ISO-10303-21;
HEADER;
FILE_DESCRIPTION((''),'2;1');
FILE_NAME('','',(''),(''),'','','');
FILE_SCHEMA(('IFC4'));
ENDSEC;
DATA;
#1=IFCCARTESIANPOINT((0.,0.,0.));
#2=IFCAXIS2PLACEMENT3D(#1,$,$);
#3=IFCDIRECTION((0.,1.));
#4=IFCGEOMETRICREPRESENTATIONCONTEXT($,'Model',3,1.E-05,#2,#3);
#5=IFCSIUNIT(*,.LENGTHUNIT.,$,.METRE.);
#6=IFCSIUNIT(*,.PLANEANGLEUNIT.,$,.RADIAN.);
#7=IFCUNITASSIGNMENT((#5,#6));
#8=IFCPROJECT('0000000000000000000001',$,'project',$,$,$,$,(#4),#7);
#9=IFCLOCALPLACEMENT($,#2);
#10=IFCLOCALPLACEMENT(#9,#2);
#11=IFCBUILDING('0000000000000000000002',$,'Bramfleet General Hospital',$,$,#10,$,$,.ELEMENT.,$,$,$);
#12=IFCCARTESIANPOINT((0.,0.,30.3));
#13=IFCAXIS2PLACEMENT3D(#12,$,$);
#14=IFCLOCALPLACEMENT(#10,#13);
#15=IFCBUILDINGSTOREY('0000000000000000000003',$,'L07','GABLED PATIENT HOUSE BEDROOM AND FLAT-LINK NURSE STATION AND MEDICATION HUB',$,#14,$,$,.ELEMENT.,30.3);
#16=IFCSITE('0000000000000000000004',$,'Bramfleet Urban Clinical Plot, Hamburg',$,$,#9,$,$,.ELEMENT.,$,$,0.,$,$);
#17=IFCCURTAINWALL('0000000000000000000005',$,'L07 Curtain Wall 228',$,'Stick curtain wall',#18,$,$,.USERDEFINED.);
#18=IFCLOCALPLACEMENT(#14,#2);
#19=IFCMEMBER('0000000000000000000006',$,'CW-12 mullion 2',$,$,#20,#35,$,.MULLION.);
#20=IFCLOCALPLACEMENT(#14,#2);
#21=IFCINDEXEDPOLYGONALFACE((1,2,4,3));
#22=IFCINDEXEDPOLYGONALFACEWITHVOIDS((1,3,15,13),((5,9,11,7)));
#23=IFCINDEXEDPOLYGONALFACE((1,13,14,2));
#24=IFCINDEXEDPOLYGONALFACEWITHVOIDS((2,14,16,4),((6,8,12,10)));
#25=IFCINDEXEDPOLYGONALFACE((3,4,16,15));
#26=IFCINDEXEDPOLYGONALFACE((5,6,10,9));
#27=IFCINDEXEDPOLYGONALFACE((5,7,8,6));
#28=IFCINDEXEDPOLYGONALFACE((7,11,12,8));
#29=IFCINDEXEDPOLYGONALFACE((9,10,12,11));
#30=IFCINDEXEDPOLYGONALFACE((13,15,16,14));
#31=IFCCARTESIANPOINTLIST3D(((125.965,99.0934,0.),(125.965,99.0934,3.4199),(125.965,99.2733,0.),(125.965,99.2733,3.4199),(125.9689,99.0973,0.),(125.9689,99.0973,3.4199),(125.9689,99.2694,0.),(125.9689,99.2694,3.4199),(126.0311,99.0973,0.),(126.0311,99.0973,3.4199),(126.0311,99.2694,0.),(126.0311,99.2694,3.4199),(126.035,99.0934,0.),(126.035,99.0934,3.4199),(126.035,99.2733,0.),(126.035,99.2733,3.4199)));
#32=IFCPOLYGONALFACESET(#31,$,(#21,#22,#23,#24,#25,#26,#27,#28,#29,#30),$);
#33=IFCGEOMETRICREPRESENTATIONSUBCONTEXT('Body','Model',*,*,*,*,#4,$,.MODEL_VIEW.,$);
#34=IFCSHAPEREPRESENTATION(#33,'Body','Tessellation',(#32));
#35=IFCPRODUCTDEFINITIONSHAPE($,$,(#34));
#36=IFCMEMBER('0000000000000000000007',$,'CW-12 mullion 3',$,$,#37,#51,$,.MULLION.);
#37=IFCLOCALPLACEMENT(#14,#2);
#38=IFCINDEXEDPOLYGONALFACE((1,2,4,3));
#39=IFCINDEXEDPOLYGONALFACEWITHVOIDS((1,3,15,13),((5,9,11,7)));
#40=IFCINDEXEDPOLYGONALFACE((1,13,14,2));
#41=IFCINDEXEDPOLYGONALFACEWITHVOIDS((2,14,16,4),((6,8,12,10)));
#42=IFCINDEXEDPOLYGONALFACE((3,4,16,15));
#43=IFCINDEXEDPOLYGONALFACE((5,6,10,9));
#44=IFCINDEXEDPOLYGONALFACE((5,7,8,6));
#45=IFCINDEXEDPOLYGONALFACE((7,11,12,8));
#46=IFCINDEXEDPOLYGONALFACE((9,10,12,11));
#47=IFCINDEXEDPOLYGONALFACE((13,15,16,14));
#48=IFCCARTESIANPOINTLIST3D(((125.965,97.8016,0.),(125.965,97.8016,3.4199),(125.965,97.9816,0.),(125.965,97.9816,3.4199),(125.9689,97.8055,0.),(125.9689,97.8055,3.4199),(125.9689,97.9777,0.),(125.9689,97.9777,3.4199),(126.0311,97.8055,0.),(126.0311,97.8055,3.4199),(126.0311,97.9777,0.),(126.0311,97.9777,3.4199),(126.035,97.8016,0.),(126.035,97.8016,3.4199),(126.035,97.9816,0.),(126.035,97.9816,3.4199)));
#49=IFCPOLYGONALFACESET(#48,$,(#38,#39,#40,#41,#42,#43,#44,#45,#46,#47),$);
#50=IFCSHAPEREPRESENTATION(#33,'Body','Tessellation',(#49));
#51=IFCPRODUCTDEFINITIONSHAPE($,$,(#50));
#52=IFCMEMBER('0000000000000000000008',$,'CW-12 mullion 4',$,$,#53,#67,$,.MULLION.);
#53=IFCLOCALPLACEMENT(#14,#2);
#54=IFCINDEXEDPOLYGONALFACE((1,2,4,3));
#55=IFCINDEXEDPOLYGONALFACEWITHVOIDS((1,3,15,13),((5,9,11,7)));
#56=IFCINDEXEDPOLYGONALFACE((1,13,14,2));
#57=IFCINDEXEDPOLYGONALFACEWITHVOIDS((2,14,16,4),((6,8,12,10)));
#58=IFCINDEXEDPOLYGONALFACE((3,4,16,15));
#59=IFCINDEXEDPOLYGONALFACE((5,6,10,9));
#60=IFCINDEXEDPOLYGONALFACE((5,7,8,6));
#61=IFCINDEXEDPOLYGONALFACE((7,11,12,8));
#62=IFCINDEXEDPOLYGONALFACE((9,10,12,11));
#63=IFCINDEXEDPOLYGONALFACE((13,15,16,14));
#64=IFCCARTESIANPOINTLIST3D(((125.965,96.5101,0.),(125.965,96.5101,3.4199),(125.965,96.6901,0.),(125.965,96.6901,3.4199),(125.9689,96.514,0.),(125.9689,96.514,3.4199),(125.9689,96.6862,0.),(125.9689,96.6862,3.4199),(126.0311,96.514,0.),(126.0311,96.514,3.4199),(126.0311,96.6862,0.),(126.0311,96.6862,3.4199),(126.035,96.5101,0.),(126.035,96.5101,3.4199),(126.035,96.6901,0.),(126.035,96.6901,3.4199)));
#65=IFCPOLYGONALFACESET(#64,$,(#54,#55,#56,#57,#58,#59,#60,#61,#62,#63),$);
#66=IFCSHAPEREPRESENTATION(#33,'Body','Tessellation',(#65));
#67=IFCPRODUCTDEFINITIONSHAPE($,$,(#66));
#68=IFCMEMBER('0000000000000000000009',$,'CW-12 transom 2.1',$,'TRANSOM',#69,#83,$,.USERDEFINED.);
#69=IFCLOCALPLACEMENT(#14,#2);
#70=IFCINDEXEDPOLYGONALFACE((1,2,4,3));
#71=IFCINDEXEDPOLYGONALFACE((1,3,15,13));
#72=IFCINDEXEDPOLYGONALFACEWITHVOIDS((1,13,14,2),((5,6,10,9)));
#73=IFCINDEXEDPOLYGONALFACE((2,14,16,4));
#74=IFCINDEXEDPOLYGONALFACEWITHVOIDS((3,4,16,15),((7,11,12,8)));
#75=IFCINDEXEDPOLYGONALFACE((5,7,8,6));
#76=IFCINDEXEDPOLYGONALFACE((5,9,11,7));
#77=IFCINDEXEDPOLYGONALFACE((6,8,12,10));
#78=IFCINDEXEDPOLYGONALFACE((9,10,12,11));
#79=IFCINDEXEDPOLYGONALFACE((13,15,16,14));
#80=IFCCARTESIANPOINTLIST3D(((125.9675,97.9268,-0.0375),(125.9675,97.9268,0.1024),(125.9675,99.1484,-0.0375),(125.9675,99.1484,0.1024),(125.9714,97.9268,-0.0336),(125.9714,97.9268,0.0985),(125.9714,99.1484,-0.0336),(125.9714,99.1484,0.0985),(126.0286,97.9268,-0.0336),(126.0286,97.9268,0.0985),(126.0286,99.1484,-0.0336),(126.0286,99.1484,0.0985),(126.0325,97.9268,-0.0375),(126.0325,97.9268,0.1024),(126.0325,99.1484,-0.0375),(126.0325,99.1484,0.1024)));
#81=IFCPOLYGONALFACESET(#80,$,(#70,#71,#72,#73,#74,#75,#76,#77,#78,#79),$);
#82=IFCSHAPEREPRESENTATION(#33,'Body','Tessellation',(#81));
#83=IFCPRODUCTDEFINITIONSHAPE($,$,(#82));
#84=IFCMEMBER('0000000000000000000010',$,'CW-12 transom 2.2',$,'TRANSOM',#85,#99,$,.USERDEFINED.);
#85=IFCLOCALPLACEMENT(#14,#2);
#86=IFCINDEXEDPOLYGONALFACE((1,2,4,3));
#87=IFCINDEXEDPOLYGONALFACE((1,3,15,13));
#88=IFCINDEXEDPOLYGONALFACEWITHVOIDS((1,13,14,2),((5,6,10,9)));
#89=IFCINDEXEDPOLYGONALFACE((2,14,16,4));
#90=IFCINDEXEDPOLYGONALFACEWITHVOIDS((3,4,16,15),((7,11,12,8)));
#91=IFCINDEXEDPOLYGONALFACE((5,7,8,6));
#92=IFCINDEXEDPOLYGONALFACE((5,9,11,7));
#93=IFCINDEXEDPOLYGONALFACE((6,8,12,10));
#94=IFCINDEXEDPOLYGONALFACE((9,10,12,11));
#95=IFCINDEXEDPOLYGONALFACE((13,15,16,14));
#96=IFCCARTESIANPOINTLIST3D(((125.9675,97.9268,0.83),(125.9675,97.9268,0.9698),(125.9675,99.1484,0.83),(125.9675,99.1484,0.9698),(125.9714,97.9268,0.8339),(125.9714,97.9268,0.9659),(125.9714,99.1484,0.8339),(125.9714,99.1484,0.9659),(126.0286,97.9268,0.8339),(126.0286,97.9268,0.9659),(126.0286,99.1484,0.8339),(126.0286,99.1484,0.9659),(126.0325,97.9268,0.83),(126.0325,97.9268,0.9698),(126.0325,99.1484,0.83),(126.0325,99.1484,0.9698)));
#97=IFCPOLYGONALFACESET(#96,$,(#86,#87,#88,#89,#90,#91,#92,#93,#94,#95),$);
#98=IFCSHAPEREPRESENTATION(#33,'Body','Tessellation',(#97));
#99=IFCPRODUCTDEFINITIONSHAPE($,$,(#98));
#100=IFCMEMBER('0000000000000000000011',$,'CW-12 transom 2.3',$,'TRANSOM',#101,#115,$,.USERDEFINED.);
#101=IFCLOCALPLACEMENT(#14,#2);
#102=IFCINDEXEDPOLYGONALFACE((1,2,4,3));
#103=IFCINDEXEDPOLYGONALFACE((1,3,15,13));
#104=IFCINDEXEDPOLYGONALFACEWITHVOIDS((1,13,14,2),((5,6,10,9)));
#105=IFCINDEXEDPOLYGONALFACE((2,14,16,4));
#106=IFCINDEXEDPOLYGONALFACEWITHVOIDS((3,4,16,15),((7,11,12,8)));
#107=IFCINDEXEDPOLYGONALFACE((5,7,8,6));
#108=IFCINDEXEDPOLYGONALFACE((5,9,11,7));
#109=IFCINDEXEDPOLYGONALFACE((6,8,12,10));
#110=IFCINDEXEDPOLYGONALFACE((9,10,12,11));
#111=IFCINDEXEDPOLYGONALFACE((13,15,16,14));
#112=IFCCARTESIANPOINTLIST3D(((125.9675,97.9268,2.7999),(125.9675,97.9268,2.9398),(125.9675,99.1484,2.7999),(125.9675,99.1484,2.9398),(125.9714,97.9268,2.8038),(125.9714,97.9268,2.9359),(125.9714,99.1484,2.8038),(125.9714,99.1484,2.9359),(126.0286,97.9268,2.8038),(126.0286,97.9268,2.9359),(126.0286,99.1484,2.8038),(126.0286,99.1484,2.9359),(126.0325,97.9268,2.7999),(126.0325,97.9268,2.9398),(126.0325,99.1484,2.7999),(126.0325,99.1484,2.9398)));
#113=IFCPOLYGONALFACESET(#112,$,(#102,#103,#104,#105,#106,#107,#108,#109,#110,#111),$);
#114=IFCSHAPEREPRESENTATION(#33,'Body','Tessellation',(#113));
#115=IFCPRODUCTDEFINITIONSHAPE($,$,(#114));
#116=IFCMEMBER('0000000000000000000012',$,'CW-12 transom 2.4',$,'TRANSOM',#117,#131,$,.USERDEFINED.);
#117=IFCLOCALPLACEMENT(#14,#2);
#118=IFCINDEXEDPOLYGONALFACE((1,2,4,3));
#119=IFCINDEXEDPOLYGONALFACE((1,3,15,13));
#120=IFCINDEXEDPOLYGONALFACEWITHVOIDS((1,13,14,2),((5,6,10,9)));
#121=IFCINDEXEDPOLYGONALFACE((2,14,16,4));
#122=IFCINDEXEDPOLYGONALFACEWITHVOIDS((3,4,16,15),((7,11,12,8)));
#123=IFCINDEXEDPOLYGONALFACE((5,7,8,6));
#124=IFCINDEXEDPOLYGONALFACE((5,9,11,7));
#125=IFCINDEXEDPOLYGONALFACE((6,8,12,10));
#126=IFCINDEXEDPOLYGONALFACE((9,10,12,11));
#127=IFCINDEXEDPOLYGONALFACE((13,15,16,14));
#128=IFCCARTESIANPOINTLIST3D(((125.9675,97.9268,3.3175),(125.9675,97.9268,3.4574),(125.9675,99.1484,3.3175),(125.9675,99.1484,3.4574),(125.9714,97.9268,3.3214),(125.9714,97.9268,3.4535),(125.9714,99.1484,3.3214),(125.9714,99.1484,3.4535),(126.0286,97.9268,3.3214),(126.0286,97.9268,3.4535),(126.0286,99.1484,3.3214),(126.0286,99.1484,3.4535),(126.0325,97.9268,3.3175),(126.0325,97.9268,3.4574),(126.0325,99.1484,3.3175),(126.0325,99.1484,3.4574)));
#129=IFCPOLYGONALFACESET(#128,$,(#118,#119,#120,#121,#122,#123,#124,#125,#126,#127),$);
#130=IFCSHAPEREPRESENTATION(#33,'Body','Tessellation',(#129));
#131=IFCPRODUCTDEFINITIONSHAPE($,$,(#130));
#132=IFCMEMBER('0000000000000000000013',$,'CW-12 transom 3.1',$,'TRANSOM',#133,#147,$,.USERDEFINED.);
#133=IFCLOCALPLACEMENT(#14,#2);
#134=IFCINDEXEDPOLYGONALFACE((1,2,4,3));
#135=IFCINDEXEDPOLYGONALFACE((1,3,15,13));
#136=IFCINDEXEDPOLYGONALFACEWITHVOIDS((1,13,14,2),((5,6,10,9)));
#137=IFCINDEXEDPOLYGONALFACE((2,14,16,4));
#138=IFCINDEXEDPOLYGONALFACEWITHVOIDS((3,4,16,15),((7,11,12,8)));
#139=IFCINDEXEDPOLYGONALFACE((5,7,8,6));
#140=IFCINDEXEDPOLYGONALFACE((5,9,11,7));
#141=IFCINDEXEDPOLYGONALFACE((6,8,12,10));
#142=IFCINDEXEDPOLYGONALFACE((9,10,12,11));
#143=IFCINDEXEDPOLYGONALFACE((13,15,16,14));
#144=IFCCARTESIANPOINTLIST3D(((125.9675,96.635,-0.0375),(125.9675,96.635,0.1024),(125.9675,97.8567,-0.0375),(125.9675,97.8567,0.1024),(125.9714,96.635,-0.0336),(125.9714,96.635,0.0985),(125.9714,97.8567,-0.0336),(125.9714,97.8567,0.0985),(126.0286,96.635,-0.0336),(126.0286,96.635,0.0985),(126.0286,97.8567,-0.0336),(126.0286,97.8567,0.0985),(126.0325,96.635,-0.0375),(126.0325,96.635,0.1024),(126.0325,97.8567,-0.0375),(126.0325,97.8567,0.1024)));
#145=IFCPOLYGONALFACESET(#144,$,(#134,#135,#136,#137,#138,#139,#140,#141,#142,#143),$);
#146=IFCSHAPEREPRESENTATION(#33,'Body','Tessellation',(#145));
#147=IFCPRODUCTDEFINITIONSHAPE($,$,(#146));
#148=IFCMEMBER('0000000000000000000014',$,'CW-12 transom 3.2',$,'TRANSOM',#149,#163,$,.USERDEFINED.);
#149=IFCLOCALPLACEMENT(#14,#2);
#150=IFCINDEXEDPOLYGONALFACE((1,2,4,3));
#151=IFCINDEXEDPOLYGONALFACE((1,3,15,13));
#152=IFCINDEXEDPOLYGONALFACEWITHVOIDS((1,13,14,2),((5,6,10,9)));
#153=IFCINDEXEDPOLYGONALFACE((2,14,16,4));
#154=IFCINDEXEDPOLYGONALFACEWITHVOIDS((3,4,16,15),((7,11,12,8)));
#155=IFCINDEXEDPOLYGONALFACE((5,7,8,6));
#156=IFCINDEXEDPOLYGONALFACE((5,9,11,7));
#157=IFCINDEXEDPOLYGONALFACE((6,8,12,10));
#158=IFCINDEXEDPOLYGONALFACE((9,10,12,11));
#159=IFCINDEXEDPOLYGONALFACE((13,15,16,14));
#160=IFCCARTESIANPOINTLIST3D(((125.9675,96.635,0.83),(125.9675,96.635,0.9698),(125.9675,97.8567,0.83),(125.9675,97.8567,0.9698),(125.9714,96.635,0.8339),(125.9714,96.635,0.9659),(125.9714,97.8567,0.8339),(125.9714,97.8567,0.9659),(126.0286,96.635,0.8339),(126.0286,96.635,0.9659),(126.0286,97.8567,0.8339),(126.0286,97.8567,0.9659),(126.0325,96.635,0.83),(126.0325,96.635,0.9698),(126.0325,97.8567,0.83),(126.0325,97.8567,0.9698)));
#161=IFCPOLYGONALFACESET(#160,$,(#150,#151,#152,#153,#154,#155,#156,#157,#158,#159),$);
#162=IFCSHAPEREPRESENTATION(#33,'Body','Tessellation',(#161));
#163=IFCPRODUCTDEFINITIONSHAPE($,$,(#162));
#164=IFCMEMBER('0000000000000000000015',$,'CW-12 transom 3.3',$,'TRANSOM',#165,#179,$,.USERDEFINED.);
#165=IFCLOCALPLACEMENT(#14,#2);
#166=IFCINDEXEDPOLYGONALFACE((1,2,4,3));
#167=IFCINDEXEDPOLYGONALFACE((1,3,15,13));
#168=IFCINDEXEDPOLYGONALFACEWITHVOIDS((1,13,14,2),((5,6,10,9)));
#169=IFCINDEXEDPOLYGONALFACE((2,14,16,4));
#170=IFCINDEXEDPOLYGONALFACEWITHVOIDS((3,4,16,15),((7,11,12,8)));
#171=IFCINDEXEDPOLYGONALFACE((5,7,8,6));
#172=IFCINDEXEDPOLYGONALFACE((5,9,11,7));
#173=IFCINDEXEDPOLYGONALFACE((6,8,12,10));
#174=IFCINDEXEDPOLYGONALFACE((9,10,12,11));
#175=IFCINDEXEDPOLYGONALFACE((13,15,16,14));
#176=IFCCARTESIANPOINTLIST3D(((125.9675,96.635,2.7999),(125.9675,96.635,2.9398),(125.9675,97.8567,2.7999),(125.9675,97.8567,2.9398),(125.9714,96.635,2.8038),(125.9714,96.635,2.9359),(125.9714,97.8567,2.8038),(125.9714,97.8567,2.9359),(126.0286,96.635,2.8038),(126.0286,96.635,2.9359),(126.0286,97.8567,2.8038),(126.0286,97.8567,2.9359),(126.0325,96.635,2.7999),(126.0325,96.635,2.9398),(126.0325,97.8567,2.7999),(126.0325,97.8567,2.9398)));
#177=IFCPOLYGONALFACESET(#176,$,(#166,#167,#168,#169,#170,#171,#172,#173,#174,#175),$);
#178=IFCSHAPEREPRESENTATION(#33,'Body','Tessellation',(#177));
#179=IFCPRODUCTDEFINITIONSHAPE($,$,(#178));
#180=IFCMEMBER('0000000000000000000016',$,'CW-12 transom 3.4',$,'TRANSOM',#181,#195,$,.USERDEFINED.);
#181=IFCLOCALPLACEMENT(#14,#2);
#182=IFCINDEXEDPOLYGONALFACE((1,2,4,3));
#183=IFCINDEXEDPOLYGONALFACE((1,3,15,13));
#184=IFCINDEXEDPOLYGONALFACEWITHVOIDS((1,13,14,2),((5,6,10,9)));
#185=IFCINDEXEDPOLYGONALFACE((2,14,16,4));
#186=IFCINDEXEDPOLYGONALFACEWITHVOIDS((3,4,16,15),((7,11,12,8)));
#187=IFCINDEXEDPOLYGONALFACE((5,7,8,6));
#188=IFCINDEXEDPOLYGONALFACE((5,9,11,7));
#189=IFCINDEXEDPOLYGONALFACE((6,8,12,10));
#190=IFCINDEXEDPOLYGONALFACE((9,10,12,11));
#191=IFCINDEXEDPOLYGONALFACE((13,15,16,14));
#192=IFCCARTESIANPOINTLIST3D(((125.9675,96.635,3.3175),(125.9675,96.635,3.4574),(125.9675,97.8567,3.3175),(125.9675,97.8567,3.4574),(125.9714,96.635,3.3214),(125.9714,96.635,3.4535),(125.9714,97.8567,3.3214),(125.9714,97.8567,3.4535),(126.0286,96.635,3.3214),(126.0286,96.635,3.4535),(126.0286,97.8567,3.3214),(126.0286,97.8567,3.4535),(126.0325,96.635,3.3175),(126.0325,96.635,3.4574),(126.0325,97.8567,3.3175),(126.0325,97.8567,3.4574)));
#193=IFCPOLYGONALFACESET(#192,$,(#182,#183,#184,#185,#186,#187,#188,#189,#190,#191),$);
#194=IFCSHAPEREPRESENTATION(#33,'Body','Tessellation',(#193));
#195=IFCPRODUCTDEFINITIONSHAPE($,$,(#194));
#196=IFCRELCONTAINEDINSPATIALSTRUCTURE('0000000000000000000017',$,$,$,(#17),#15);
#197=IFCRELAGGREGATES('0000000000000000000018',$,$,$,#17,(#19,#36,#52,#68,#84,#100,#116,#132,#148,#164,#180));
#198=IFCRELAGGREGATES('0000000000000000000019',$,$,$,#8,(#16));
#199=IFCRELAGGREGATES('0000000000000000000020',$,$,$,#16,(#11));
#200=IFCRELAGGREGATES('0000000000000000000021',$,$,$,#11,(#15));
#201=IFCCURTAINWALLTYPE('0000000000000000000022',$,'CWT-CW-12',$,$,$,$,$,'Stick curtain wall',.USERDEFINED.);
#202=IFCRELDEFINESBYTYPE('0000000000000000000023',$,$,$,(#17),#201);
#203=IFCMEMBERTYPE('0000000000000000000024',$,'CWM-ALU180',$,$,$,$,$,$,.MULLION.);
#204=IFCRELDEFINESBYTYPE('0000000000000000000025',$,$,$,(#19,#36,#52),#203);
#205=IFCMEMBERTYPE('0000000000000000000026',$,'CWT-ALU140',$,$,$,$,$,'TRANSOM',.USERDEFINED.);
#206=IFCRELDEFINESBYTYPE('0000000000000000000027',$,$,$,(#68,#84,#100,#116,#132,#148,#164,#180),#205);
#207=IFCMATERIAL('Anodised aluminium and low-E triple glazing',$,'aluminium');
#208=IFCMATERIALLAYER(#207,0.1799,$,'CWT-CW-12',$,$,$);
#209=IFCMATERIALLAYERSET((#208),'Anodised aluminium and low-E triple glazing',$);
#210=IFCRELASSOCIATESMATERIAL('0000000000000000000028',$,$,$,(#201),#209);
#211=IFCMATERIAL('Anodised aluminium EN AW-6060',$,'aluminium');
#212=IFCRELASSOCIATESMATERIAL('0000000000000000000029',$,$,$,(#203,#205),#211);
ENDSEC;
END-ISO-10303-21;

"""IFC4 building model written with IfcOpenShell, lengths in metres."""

from ifc_helpers import new_model, si_unit, direction, frame, origin, origin_2d, place, context, subcontext, project, spatial, hollow_rectangle, extrude, material, layer, layer_set, material_profile, profile_set, type_object, element, aggregate, save


model = new_model("IFC4")

# Units and contexts
model_context = context("Model", 3, precision=1e-05, world=origin(), true_north=direction((0.0, 1.0)))
body_context = subcontext(model_context, "Body", "Model", "MODEL_VIEW")
ifc_project = project(units=[si_unit("LENGTHUNIT", "METRE"), si_unit("PLANEANGLEUNIT", "RADIAN")], contexts=[model_context])

# Site, building, storey
site_placement = place(None, origin())
site = spatial("IfcSite", under=ifc_project, at=site_placement, Name="Bramfleet Urban Clinical Plot, Hamburg", CompositionType="ELEMENT", RefElevation=0.0)
building_placement = place(site_placement, origin())
building = spatial("IfcBuilding", under=site, at=building_placement, Name="Bramfleet General Hospital", CompositionType="ELEMENT")
storey_placement = place(building_placement, frame((0.0, 0.0, 30.3)))
storey = spatial("IfcBuildingStorey", under=building, at=storey_placement, Name="L07", Description="GABLED PATIENT HOUSE BEDROOM AND FLAT-LINK NURSE STATION AND MEDICATION HUB", CompositionType="ELEMENT", Elevation=30.3)

# Curtain wall, members
ifc_material_1 = material(Name="Anodised aluminium and low-E triple glazing", Category="aluminium")
ifc_layer_1 = layer(ifc_material_1, 0.1799, Name="CWT-CW-12")
ifc_layer_set_1 = layer_set([ifc_layer_1], Name="Anodised aluminium and low-E triple glazing")
curtain_wall_type = type_object("IfcCurtainWallType", Name="CWT-CW-12", ElementType="Stick curtain wall", PredefinedType="USERDEFINED", material=ifc_layer_set_1)
curtain_wall_placement = place(storey_placement, origin())
curtain_wall = element("IfcCurtainWall", 1, at=curtain_wall_placement, inside=storey, type_object=curtain_wall_type, Name="L07 Curtain Wall 228", ObjectType="Stick curtain wall", PredefinedType="USERDEFINED")
ifc_material_2 = material(Name="Anodised aluminium EN AW-6060", Category="aluminium")
ifc_material_profile_1 = material_profile(ifc_material_2, hollow_rectangle(XDim=0.0701, YDim=0.1799, WallThickness=0.0039, at=origin_2d()), Name="ALU 180x70x4.0")
ifc_profile_set_1 = profile_set([ifc_material_profile_1], Name="Anodised aluminium EN AW-6060")
member_type_1 = type_object("IfcMemberType", Name="CWM-ALU180", PredefinedType="MULLION", material=ifc_profile_set_1)
member_1_placement = place(storey_placement, frame((126.0, 99.1833, 0.0), z_axis=(0.0, 0.0, 1.0), x_axis=(1.0, 0.0, 0.0)))
member_1 = element("IfcMember", 2, at=member_1_placement, type_object=member_type_1, Name="CW-12 mullion 2", PredefinedType="MULLION", context=body_context, shape_type="SweptSolid", body=[
    extrude(hollow_rectangle(XDim=0.0701, YDim=0.1799, WallThickness=0.0039, at=origin_2d()), origin(), (0.0, 0.0, 1.0), 3.4199),
])
member_2_placement = place(storey_placement, frame((126.0, 97.8916, 0.0), z_axis=(0.0, 0.0, 1.0), x_axis=(1.0, 0.0, 0.0)))
member_2 = element("IfcMember", 3, at=member_2_placement, type_object=member_type_1, Name="CW-12 mullion 3", PredefinedType="MULLION", context=body_context, shape_type="SweptSolid", body=[
    extrude(hollow_rectangle(XDim=0.0701, YDim=0.1799, WallThickness=0.0039, at=origin_2d()), origin(), (0.0, 0.0, 1.0), 3.4199),
])
member_3_placement = place(storey_placement, frame((126.0, 96.6001, 0.0), z_axis=(0.0, 0.0, 1.0), x_axis=(1.0, 0.0, 0.0)))
member_3 = element("IfcMember", 4, at=member_3_placement, type_object=member_type_1, Name="CW-12 mullion 4", PredefinedType="MULLION", context=body_context, shape_type="SweptSolid", body=[
    extrude(hollow_rectangle(XDim=0.0701, YDim=0.1799, WallThickness=0.0039, at=origin_2d()), origin(), (0.0, 0.0, 1.0), 3.4199),
])
ifc_material_profile_2 = material_profile(ifc_material_2, hollow_rectangle(XDim=0.0649, YDim=0.1399, WallThickness=0.0039, at=origin_2d()), Name="ALU 140x65x4.0")
ifc_profile_set_2 = profile_set([ifc_material_profile_2], Name="Anodised aluminium EN AW-6060")
member_type_2 = type_object("IfcMemberType", Name="CWT-ALU140", ElementType="TRANSOM", PredefinedType="USERDEFINED", material=ifc_profile_set_2)
member_4_placement = place(storey_placement, frame((126.0, 99.1484, 0.0325), z_axis=(0.0, -1.0, 0.0), x_axis=(1.0, 0.0, 0.0)))
member_4 = element("IfcMember", 5, at=member_4_placement, type_object=member_type_2, Name="CW-12 transom 2.1", ObjectType="TRANSOM", PredefinedType="USERDEFINED", context=body_context, shape_type="SweptSolid", body=[
    extrude(hollow_rectangle(XDim=0.0649, YDim=0.1399, WallThickness=0.0039, at=origin_2d()), origin(), (0.0, 0.0, 1.0), 1.2217),
])
member_5_placement = place(storey_placement, frame((126.0, 99.1484, 0.8999), z_axis=(0.0, -1.0, 0.0), x_axis=(1.0, 0.0, 0.0)))
member_5 = element("IfcMember", 6, at=member_5_placement, type_object=member_type_2, Name="CW-12 transom 2.2", ObjectType="TRANSOM", PredefinedType="USERDEFINED", context=body_context, shape_type="SweptSolid", body=[
    extrude(hollow_rectangle(XDim=0.0649, YDim=0.1399, WallThickness=0.0039, at=origin_2d()), origin(), (0.0, 0.0, 1.0), 1.2217),
])
member_6_placement = place(storey_placement, frame((126.0, 99.1484, 2.8699), z_axis=(0.0, -1.0, 0.0), x_axis=(1.0, 0.0, 0.0)))
member_6 = element("IfcMember", 7, at=member_6_placement, type_object=member_type_2, Name="CW-12 transom 2.3", ObjectType="TRANSOM", PredefinedType="USERDEFINED", context=body_context, shape_type="SweptSolid", body=[
    extrude(hollow_rectangle(XDim=0.0649, YDim=0.1399, WallThickness=0.0039, at=origin_2d()), origin(), (0.0, 0.0, 1.0), 1.2217),
])
member_7_placement = place(storey_placement, frame((126.0, 99.1484, 3.3875), z_axis=(0.0, -1.0, 0.0), x_axis=(1.0, 0.0, 0.0)))
member_7 = element("IfcMember", 8, at=member_7_placement, type_object=member_type_2, Name="CW-12 transom 2.4", ObjectType="TRANSOM", PredefinedType="USERDEFINED", context=body_context, shape_type="SweptSolid", body=[
    extrude(hollow_rectangle(XDim=0.0649, YDim=0.1399, WallThickness=0.0039, at=origin_2d()), origin(), (0.0, 0.0, 1.0), 1.2217),
])
member_8_placement = place(storey_placement, frame((126.0, 97.8567, 0.0325), z_axis=(0.0, -1.0, 0.0), x_axis=(1.0, 0.0, 0.0)))
member_8 = element("IfcMember", 9, at=member_8_placement, type_object=member_type_2, Name="CW-12 transom 3.1", ObjectType="TRANSOM", PredefinedType="USERDEFINED", context=body_context, shape_type="SweptSolid", body=[
    extrude(hollow_rectangle(XDim=0.0649, YDim=0.1399, WallThickness=0.0039, at=origin_2d()), origin(), (0.0, 0.0, 1.0), 1.2217),
])
member_9_placement = place(storey_placement, frame((126.0, 97.8567, 0.8999), z_axis=(0.0, -1.0, 0.0), x_axis=(1.0, 0.0, 0.0)))
member_9 = element("IfcMember", 10, at=member_9_placement, type_object=member_type_2, Name="CW-12 transom 3.2", ObjectType="TRANSOM", PredefinedType="USERDEFINED", context=body_context, shape_type="SweptSolid", body=[
    extrude(hollow_rectangle(XDim=0.0649, YDim=0.1399, WallThickness=0.0039, at=origin_2d()), origin(), (0.0, 0.0, 1.0), 1.2217),
])
member_10_placement = place(storey_placement, frame((126.0, 97.8567, 2.8699), z_axis=(0.0, -1.0, 0.0), x_axis=(1.0, 0.0, 0.0)))
member_10 = element("IfcMember", 11, at=member_10_placement, type_object=member_type_2, Name="CW-12 transom 3.3", ObjectType="TRANSOM", PredefinedType="USERDEFINED", context=body_context, shape_type="SweptSolid", body=[
    extrude(hollow_rectangle(XDim=0.0649, YDim=0.1399, WallThickness=0.0039, at=origin_2d()), origin(), (0.0, 0.0, 1.0), 1.2217),
])
member_11_placement = place(storey_placement, frame((126.0, 97.8567, 3.3875), z_axis=(0.0, -1.0, 0.0), x_axis=(1.0, 0.0, 0.0)))
member_11 = element("IfcMember", 12, at=member_11_placement, type_object=member_type_2, Name="CW-12 transom 3.4", ObjectType="TRANSOM", PredefinedType="USERDEFINED", context=body_context, shape_type="SweptSolid", body=[
    extrude(hollow_rectangle(XDim=0.0649, YDim=0.1399, WallThickness=0.0039, at=origin_2d()), origin(), (0.0, 0.0, 1.0), 1.2217),
])
aggregate(curtain_wall, [member_1, member_2, member_3, member_4, member_5, member_6, member_7, member_8, member_9, member_10, member_11])

save(model, "model.ifc")
